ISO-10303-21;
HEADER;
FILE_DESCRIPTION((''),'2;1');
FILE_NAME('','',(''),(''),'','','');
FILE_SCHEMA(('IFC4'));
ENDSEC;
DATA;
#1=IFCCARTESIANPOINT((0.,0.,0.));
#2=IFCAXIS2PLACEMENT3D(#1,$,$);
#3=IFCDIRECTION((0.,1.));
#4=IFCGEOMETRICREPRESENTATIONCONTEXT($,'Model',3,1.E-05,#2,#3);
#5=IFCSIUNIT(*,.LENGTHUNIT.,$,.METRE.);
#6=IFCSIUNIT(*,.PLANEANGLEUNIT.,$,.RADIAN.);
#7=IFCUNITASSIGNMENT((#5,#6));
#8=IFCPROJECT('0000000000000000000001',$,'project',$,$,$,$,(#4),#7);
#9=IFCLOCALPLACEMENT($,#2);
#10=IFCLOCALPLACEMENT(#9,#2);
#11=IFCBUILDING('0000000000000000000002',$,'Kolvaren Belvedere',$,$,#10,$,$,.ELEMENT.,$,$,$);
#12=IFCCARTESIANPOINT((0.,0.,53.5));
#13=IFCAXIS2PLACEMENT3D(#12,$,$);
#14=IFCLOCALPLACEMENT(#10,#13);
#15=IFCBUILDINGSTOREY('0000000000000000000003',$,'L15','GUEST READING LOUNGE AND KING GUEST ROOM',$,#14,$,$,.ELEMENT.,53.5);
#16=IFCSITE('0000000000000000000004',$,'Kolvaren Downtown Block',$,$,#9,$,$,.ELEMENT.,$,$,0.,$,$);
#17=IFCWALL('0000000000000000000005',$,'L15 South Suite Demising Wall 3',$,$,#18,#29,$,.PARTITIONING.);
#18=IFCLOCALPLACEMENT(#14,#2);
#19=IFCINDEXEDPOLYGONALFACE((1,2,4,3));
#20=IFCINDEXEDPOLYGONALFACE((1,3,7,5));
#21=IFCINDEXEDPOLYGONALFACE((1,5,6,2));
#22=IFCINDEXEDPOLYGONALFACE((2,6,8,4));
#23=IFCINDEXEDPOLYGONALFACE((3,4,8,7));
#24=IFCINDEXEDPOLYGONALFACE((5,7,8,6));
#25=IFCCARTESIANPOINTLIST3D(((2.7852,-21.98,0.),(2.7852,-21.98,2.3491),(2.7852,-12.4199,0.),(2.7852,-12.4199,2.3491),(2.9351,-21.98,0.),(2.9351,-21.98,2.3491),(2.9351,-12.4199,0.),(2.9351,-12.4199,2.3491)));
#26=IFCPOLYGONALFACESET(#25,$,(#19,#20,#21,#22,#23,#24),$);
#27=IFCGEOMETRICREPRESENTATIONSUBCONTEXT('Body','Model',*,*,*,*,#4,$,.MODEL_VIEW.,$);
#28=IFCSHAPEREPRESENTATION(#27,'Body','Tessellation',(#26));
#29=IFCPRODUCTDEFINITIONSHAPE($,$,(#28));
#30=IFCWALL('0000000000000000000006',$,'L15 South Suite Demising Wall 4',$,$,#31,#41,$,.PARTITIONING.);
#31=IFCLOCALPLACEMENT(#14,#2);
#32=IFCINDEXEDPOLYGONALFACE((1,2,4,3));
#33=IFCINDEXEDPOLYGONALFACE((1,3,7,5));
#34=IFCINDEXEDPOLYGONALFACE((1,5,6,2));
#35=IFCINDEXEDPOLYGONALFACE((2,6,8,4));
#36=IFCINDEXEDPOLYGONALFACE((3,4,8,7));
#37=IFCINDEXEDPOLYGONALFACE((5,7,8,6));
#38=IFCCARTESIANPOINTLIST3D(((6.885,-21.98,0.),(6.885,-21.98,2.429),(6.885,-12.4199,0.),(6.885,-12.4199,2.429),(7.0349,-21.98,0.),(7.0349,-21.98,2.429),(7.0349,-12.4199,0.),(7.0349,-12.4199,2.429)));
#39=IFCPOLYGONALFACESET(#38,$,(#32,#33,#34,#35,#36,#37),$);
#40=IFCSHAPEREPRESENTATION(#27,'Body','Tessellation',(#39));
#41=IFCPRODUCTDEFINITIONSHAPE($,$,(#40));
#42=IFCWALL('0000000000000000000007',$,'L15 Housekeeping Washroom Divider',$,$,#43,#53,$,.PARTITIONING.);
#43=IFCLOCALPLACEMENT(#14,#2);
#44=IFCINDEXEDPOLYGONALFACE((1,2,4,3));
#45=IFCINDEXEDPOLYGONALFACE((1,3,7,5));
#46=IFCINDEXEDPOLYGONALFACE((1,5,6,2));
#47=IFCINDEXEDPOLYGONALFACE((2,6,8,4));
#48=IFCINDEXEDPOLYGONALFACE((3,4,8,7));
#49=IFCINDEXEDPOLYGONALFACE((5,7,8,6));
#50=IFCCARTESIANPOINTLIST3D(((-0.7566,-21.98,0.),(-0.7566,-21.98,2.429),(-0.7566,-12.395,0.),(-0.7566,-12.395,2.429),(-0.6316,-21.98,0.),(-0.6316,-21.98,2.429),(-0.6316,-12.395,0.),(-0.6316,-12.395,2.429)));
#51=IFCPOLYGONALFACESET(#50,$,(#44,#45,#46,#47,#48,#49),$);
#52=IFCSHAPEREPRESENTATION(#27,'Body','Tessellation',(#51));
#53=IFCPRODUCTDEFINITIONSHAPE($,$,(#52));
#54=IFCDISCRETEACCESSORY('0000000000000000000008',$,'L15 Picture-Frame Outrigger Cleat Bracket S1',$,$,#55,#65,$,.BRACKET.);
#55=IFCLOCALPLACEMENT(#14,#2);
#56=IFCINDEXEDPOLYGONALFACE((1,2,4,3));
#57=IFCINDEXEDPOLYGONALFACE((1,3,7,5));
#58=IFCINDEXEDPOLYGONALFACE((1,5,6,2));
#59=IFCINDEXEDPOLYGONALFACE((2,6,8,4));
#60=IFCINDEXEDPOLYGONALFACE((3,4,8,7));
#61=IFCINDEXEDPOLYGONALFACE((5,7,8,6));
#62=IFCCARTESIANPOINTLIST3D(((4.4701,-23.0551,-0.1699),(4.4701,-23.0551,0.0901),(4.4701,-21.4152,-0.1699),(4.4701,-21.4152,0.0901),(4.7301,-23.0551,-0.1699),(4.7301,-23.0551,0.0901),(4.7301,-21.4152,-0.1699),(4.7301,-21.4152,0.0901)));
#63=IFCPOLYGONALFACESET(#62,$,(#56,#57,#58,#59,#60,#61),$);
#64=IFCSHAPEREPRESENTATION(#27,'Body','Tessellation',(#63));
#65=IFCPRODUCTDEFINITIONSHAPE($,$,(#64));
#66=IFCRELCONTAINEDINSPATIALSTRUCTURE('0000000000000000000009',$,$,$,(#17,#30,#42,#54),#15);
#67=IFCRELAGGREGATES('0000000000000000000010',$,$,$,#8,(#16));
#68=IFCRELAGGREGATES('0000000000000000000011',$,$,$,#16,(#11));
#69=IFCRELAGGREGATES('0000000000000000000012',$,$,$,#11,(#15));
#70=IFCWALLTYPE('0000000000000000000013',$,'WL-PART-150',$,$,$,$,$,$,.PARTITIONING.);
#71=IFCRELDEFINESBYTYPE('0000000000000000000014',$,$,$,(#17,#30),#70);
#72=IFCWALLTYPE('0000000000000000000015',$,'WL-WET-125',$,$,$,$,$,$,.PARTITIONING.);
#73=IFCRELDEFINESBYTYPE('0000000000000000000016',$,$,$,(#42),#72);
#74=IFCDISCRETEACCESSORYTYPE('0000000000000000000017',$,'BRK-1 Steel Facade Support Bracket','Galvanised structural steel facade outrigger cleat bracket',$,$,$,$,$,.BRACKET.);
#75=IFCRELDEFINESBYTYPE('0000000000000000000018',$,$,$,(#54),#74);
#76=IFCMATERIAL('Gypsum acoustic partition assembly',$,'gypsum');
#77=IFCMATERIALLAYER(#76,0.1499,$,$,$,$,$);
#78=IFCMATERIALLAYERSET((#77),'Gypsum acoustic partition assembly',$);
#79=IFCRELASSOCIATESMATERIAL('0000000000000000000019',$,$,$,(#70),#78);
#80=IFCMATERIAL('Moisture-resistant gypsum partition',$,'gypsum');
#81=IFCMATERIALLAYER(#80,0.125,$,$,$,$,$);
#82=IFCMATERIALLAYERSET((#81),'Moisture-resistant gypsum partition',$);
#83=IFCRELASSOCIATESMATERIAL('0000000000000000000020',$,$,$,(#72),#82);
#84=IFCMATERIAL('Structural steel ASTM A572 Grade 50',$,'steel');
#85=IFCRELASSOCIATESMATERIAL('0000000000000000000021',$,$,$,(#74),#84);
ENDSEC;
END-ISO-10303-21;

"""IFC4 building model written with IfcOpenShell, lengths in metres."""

from ifc_helpers import new_model, si_unit, direction, frame, frame_2d, origin, origin_2d, place, context, subcontext, project, spatial, rectangle, extrude, material, layer, layer_set, type_object, element, save


model = new_model("IFC4")

# Units and contexts
model_context = context("Model", 3, precision=1e-05, world=origin(), true_north=direction((0.0, 1.0)))
body_context = subcontext(model_context, "Body", "Model", "MODEL_VIEW")
ifc_project = project(units=[si_unit("LENGTHUNIT", "METRE"), si_unit("PLANEANGLEUNIT", "RADIAN")], contexts=[model_context])

# Site, building, storey
site_placement = place(None, origin())
site = spatial("IfcSite", under=ifc_project, at=site_placement, Name="Kolvaren Downtown Block", CompositionType="ELEMENT", RefElevation=0.0)
building_placement = place(site_placement, origin())
building = spatial("IfcBuilding", under=site, at=building_placement, Name="Kolvaren Belvedere", CompositionType="ELEMENT")
storey_placement = place(building_placement, frame((0.0, 0.0, 53.5)))
storey = spatial("IfcBuildingStorey", under=building, at=storey_placement, Name="L15", Description="GUEST READING LOUNGE AND KING GUEST ROOM", CompositionType="ELEMENT", Elevation=53.5)

# Walls
ifc_material_1 = material(Name="Gypsum acoustic partition assembly", Category="gypsum")
ifc_layer_1 = layer(ifc_material_1, 0.1499)
ifc_layer_set_1 = layer_set([ifc_layer_1], Name="Gypsum acoustic partition assembly")
wall_type_1 = type_object("IfcWallType", Name="WL-PART-150", PredefinedType="PARTITIONING", material=ifc_layer_set_1)
wall_1_placement = place(storey_placement, frame((2.8601, -21.98, 0.0), z_axis=(0.0, 0.0, 1.0), x_axis=(0.0, 1.0, 0.0)))
element("IfcWall", 1, at=wall_1_placement, inside=storey, type_object=wall_type_1, Name="L15 South Suite Demising Wall 3", PredefinedType="PARTITIONING", context=body_context, shape_type="SweptSolid", body=[
    extrude(rectangle(XDim=9.5601, YDim=0.1499, at=frame_2d((4.78, 0.0))), origin(), (0.0, 0.0, 1.0), 2.3491),
])
wall_2_placement = place(storey_placement, frame((6.96, -21.98, 0.0), z_axis=(0.0, 0.0, 1.0), x_axis=(0.0, 1.0, 0.0)))
element("IfcWall", 2, at=wall_2_placement, inside=storey, type_object=wall_type_1, Name="L15 South Suite Demising Wall 4", PredefinedType="PARTITIONING", context=body_context, shape_type="SweptSolid", body=[
    extrude(rectangle(XDim=9.5601, YDim=0.1499, at=frame_2d((4.78, 0.0))), origin(), (0.0, 0.0, 1.0), 2.429),
])
ifc_material_2 = material(Name="Moisture-resistant gypsum partition", Category="gypsum")
ifc_layer_2 = layer(ifc_material_2, 0.125)
ifc_layer_set_2 = layer_set([ifc_layer_2], Name="Moisture-resistant gypsum partition")
wall_type_2 = type_object("IfcWallType", Name="WL-WET-125", PredefinedType="PARTITIONING", material=ifc_layer_set_2)
wall_3_placement = place(storey_placement, frame((-0.6941, -21.98, 0.0), z_axis=(0.0, 0.0, 1.0), x_axis=(0.0, 1.0, 0.0)))
element("IfcWall", 3, at=wall_3_placement, inside=storey, type_object=wall_type_2, Name="L15 Housekeeping Washroom Divider", PredefinedType="PARTITIONING", context=body_context, shape_type="SweptSolid", body=[
    extrude(rectangle(XDim=9.585, YDim=0.125, at=frame_2d((4.7925, 0.0))), origin(), (0.0, 0.0, 1.0), 2.429),
])

# Discrete accessory
ifc_material_3 = material(Name="Structural steel ASTM A572 Grade 50", Category="steel")
discrete_accessory_type = type_object("IfcDiscreteAccessoryType", Name="BRK-1 Steel Facade Support Bracket", Description="Galvanised structural steel facade outrigger cleat bracket", PredefinedType="BRACKET", material=ifc_material_3)
discrete_accessory_placement = place(storey_placement, frame((4.6001, -22.2351, -0.1699), z_axis=(0.0, 0.0, 1.0), x_axis=(0.0, 1.0, 0.0)))
element("IfcDiscreteAccessory", 4, at=discrete_accessory_placement, inside=storey, type_object=discrete_accessory_type, Name="L15 Picture-Frame Outrigger Cleat Bracket S1", PredefinedType="BRACKET", context=body_context, shape_type="SweptSolid", body=[
    extrude(rectangle(XDim=1.6399, YDim=0.26, at=origin_2d()), origin(), (0.0, 0.0, 1.0), 0.26),
])

save(model, "model.ifc")
